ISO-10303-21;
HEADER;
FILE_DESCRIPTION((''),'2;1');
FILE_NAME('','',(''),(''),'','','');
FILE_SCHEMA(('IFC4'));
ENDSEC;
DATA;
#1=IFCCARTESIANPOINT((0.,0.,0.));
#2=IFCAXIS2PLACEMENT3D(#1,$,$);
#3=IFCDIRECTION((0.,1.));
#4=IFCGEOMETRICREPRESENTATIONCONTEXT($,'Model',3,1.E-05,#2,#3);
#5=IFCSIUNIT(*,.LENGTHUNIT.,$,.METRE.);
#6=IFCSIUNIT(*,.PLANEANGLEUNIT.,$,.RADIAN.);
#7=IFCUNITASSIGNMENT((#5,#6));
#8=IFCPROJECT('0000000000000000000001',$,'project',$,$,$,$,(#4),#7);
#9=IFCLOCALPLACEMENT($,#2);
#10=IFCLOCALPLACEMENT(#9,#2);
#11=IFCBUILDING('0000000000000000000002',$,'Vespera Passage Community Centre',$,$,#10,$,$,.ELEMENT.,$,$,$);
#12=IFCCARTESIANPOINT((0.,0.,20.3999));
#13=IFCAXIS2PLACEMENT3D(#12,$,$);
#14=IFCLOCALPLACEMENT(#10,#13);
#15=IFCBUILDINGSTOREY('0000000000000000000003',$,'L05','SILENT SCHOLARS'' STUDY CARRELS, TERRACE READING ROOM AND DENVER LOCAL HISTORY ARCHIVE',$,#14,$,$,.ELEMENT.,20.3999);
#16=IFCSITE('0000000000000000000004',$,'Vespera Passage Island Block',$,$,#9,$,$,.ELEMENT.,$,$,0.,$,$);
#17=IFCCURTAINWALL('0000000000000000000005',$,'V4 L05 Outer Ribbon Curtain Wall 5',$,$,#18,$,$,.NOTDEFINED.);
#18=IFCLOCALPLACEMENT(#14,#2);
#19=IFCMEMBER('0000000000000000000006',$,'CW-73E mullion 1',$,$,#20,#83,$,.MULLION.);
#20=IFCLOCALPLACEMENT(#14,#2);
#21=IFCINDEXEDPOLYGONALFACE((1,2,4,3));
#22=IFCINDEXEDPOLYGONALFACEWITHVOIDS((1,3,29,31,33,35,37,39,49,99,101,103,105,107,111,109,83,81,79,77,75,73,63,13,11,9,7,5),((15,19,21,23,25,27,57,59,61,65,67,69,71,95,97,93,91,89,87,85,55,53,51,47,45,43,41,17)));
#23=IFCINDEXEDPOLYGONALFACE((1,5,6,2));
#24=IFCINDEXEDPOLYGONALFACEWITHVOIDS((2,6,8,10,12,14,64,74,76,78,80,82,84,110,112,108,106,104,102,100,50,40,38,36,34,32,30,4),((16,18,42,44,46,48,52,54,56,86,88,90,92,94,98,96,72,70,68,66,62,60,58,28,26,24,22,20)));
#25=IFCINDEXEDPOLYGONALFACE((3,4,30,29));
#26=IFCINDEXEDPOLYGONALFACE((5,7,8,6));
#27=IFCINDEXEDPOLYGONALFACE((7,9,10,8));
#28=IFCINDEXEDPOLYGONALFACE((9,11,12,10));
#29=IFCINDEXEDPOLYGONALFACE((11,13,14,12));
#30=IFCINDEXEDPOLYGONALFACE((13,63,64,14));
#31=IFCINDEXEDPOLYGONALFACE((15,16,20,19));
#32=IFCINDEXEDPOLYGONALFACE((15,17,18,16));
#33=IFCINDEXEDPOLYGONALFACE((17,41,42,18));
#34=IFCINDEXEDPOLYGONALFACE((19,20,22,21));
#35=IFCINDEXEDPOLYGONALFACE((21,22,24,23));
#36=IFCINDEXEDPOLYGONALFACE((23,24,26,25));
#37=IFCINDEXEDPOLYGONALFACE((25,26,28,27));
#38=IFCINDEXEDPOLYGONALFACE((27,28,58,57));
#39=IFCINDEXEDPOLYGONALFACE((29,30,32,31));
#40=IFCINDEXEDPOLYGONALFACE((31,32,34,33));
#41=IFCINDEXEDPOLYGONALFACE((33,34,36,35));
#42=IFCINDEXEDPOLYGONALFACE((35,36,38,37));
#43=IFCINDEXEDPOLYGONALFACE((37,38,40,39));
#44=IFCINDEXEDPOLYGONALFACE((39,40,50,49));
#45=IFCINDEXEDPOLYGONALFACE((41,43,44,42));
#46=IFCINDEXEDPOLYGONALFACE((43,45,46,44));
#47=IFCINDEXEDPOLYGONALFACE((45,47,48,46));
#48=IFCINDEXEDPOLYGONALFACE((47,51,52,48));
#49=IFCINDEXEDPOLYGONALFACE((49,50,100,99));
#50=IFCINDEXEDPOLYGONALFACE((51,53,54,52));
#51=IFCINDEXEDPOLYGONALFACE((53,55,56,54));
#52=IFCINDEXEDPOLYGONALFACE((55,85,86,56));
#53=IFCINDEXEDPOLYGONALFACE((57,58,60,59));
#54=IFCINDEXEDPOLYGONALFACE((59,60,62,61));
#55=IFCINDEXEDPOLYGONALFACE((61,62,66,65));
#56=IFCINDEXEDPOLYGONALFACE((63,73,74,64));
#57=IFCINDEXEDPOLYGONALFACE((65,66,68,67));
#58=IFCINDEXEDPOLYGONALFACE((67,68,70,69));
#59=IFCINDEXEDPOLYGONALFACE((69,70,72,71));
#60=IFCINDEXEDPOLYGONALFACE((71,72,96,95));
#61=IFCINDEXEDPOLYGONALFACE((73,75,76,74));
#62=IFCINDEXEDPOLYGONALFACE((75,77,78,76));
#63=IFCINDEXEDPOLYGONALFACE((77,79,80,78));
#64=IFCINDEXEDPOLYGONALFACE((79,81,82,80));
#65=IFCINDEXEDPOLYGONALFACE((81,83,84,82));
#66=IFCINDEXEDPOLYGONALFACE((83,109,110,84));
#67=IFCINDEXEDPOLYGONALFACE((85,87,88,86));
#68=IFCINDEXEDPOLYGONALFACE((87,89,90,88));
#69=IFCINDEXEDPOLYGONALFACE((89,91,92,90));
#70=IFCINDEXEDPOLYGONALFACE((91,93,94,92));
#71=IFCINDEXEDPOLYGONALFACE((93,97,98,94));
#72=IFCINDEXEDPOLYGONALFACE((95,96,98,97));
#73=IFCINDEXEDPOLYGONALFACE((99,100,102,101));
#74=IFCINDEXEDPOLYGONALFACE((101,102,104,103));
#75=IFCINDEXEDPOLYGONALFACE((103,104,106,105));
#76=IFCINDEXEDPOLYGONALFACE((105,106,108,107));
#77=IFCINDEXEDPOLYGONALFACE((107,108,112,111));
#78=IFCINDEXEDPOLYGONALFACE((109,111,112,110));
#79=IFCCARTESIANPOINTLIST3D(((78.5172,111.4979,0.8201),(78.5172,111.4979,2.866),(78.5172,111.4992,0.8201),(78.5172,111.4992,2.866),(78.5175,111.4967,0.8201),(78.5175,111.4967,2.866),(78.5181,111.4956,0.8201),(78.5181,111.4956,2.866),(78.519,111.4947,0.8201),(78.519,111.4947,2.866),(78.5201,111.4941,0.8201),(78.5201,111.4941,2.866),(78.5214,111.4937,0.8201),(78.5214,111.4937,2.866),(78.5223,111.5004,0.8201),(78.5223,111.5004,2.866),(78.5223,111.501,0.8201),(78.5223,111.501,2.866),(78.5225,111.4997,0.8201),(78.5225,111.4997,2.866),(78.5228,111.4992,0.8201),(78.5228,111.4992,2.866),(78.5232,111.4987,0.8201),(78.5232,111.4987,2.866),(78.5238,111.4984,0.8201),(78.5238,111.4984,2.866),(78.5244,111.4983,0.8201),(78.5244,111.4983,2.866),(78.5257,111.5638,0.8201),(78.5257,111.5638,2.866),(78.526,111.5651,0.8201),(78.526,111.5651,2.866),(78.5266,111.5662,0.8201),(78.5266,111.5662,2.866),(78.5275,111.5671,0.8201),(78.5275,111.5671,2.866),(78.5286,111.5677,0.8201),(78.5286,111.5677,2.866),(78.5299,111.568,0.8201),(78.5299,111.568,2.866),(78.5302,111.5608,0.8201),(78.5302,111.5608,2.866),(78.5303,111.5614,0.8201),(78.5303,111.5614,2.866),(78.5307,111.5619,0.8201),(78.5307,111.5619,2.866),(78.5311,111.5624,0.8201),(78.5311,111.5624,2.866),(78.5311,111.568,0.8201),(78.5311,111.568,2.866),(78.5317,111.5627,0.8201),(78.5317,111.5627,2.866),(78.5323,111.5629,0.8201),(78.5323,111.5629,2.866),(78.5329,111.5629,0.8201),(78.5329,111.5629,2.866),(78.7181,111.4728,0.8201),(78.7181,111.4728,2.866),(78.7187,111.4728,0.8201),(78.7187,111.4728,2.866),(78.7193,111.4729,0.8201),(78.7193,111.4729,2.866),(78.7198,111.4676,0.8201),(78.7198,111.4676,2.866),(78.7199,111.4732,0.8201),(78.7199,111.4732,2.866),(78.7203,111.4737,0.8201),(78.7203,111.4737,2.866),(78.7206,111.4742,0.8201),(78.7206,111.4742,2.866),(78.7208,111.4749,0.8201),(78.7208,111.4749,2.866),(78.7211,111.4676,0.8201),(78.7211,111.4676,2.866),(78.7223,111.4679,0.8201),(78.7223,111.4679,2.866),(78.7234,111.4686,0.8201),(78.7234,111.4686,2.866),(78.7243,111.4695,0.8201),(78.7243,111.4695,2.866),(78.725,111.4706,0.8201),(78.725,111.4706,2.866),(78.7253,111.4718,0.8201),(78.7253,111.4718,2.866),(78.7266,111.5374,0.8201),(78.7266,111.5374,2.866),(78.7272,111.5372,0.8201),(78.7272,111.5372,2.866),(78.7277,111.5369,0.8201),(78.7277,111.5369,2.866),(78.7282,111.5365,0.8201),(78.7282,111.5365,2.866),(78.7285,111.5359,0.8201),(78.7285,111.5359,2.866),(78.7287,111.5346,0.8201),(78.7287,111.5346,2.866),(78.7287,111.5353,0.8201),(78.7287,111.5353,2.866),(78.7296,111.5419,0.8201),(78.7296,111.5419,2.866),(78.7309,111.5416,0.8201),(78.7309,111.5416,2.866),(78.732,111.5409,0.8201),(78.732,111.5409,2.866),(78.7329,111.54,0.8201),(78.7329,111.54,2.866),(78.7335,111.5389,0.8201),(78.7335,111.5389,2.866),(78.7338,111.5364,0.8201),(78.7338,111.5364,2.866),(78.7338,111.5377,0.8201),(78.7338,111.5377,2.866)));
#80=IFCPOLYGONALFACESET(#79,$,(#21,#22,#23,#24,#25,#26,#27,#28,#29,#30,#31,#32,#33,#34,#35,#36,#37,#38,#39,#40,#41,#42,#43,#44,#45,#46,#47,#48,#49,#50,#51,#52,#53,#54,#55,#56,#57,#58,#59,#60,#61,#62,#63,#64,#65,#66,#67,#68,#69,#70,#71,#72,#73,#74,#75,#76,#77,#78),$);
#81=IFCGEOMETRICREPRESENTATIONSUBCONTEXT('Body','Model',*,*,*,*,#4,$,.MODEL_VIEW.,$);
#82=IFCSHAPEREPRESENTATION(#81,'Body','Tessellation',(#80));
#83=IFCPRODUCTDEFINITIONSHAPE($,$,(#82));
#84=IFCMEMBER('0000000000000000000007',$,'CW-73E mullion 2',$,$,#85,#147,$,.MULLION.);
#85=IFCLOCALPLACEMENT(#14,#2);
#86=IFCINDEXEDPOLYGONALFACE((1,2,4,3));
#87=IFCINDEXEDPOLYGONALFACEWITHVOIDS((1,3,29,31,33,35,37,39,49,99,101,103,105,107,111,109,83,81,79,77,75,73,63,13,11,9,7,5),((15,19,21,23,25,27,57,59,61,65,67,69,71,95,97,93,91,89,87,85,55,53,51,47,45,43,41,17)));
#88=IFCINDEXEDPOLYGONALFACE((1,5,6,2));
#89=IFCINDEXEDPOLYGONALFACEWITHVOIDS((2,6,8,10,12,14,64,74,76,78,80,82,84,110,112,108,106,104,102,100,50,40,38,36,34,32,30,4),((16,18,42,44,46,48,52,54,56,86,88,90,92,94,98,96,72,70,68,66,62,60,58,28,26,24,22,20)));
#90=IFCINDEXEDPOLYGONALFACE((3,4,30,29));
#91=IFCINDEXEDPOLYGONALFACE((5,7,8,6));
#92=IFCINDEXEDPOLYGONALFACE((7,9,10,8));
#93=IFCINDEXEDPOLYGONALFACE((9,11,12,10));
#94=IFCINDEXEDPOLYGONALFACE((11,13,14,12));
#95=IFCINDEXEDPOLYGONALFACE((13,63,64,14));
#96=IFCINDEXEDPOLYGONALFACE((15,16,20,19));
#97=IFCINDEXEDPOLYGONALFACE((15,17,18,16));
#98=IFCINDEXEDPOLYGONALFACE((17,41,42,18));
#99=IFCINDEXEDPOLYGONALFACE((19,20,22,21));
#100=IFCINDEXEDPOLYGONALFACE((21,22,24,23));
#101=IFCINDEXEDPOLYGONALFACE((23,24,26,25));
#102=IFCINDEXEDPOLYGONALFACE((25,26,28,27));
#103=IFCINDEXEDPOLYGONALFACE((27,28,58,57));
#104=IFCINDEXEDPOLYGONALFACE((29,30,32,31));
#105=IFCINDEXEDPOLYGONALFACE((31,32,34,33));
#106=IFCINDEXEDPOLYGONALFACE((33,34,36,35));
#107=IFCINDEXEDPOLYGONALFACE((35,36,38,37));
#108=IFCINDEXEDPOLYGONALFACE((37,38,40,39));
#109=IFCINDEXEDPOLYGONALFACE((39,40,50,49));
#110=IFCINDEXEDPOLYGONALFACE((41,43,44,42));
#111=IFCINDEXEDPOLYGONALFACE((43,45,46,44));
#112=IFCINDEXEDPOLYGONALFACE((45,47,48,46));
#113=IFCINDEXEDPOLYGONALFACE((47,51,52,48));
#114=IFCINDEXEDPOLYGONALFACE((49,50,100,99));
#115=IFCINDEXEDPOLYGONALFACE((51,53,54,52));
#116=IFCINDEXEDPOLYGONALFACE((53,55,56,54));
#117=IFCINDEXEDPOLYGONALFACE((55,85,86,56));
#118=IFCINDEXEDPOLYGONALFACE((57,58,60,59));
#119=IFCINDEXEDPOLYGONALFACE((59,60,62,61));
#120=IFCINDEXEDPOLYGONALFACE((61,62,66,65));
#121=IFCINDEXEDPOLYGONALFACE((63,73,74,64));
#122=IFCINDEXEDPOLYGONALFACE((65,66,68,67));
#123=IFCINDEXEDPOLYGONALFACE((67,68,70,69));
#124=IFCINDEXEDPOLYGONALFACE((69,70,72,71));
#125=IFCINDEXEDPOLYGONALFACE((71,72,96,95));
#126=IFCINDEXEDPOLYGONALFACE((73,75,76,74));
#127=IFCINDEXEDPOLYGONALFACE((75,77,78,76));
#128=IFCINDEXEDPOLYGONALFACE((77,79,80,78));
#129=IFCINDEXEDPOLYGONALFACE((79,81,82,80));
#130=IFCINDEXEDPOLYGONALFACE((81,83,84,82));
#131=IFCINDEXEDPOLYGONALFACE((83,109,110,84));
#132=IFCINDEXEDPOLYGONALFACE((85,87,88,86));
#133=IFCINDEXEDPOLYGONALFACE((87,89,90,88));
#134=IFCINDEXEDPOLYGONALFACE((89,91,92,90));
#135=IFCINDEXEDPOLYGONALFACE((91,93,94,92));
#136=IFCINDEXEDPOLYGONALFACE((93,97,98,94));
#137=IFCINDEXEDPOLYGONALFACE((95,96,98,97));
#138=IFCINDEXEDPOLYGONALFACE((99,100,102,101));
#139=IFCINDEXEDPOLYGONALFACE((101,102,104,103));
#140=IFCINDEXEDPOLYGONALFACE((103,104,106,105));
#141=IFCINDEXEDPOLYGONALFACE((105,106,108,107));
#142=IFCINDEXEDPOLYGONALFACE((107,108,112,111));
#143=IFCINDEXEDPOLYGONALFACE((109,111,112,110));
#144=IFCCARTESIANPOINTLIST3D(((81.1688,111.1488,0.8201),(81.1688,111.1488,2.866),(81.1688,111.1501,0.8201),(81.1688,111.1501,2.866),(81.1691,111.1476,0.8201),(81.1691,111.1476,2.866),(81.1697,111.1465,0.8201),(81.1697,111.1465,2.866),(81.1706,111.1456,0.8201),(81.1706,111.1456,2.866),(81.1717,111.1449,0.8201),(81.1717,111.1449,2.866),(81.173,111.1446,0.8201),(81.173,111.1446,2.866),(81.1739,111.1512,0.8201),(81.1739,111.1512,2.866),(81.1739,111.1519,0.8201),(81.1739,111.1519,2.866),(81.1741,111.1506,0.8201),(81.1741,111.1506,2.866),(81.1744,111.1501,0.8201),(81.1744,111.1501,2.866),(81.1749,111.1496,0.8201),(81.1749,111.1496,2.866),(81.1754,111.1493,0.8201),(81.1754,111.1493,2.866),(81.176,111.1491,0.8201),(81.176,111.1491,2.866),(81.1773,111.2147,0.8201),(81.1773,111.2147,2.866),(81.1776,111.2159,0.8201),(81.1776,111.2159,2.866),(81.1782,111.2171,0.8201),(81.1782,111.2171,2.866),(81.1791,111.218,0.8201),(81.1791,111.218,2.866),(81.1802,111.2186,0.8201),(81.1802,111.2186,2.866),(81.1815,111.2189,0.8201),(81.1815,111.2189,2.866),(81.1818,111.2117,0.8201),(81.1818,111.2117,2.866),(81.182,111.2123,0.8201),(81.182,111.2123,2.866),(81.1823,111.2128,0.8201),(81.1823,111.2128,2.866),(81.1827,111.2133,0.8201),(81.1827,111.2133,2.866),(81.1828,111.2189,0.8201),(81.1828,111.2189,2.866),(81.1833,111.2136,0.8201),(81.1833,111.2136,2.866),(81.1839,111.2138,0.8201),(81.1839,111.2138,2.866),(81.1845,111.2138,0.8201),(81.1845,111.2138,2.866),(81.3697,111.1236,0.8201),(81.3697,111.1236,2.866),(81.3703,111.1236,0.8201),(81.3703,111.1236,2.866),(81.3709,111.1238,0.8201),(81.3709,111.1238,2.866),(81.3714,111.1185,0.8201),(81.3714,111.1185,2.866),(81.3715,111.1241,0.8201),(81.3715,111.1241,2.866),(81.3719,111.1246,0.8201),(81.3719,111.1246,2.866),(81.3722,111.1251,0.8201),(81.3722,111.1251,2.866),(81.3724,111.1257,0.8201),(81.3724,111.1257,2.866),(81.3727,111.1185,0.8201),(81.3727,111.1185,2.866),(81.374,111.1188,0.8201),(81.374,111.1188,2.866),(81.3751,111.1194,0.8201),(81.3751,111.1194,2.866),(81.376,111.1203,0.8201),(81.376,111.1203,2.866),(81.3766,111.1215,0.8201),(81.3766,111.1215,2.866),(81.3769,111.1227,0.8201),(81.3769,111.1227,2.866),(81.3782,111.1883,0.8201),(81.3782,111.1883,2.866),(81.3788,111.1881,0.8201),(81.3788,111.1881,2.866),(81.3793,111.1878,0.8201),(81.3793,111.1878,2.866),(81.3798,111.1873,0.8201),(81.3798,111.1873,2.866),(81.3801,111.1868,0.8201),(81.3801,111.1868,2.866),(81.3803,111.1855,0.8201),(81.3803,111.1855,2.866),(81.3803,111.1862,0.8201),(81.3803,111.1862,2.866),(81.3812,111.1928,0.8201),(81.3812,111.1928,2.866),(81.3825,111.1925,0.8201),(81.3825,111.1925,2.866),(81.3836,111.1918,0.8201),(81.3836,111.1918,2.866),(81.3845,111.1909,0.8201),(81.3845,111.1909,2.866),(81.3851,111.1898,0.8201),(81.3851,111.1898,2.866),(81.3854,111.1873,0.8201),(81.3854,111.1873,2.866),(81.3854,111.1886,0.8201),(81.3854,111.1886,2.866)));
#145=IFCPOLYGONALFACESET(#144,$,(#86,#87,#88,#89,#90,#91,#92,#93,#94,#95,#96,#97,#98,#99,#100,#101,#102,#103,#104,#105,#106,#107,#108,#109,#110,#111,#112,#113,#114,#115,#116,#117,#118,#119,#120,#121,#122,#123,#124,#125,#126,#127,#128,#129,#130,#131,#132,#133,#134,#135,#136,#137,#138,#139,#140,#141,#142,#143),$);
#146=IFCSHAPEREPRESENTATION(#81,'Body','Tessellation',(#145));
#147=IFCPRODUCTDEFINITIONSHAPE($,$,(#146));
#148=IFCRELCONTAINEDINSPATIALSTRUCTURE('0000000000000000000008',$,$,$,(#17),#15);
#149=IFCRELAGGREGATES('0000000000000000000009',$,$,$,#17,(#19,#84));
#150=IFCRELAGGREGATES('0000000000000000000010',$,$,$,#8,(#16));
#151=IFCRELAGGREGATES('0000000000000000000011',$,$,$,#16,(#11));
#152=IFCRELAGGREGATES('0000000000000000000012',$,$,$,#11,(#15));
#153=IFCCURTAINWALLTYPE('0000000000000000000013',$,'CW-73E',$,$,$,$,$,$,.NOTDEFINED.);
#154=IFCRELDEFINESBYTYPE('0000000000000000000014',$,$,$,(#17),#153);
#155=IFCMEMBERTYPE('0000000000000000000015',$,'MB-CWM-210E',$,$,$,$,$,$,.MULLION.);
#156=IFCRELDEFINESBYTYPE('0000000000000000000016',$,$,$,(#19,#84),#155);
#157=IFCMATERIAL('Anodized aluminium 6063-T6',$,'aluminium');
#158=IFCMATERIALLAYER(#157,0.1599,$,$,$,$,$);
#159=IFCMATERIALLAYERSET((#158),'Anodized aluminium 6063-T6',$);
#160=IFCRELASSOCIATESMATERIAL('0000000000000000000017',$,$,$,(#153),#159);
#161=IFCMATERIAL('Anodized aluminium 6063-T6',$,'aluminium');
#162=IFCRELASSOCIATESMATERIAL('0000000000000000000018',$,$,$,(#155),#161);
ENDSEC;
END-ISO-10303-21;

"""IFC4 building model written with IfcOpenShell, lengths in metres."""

from ifc_helpers import new_model, si_unit, direction, frame, origin, origin_2d, place, context, subcontext, project, spatial, hollow_rectangle, extrude, material, layer, layer_set, material_profile, profile_set, type_object, element, aggregate, save


model = new_model("IFC4")

# Units and contexts
model_context = context("Model", 3, precision=1e-05, world=origin(), true_north=direction((0.0, 1.0)))
body_context = subcontext(model_context, "Body", "Model", "MODEL_VIEW")
ifc_project = project(units=[si_unit("LENGTHUNIT", "METRE"), si_unit("PLANEANGLEUNIT", "RADIAN")], contexts=[model_context])

# Site, building, storey
site_placement = place(None, origin())
site = spatial("IfcSite", under=ifc_project, at=site_placement, Name="Vespera Passage Island Block", CompositionType="ELEMENT", RefElevation=0.0)
building_placement = place(site_placement, origin())
building = spatial("IfcBuilding", under=site, at=building_placement, Name="Vespera Passage Community Centre", CompositionType="ELEMENT")
storey_placement = place(building_placement, frame((0.0, 0.0, 20.3999)))
storey = spatial("IfcBuildingStorey", under=building, at=storey_placement, Name="L05", Description="SILENT SCHOLARS' STUDY CARRELS, TERRACE READING ROOM AND DENVER LOCAL HISTORY ARCHIVE", CompositionType="ELEMENT", Elevation=20.3999)

# Curtain wall, members
ifc_material_1 = material(Name="Anodized aluminium 6063-T6", Category="aluminium")
ifc_layer_1 = layer(ifc_material_1, 0.1599)
ifc_layer_set_1 = layer_set([ifc_layer_1], Name="Anodized aluminium 6063-T6")
curtain_wall_type_1 = type_object("IfcCurtainWallType", Name="CW-73E", PredefinedType="NOTDEFINED", material=ifc_layer_set_1)
curtain_wall_1_placement = place(storey_placement, origin())
curtain_wall_1 = element("IfcCurtainWall", 1, at=curtain_wall_1_placement, inside=storey, type_object=curtain_wall_type_1, Name="V4 L05 Outer Ribbon Curtain Wall 5", PredefinedType="NOTDEFINED")
ifc_material_2 = material(Name="Anodized aluminium 6063-T6", Category="aluminium")
ifc_material_profile_1 = material_profile(ifc_material_2, hollow_rectangle(XDim=0.075, YDim=0.21, WallThickness=0.0049, InnerFilletRadius=0.0024, OuterFilletRadius=0.0049, at=origin_2d()), Name="ALU210X75X5")
ifc_profile_set_1 = profile_set([ifc_material_profile_1], Name="Anodized aluminium 6063-T6")
member_type_1 = type_object("IfcMemberType", Name="MB-CWM-210E", PredefinedType="MULLION", material=ifc_profile_set_1)
member_1_placement = place(storey_placement, frame((78.6255, 111.5178, 0.8201), z_axis=(0.0, 0.0, 1.0), x_axis=(0.130531, 0.991444, 0.0)))
member_1 = element("IfcMember", 2, at=member_1_placement, type_object=member_type_1, Name="CW-73E mullion 1", PredefinedType="MULLION", context=body_context, shape_type="SweptSolid", body=[
    extrude(hollow_rectangle(XDim=0.075, YDim=0.21, WallThickness=0.0049, InnerFilletRadius=0.0024, OuterFilletRadius=0.0049, at=origin_2d()), origin(), (0.0, 0.0, 1.0), 2.0459),
])
member_2_placement = place(storey_placement, frame((81.2771, 111.1687, 0.8201), z_axis=(0.0, 0.0, 1.0), x_axis=(0.130531, 0.991444, 0.0)))
member_2 = element("IfcMember", 3, at=member_2_placement, type_object=member_type_1, Name="CW-73E mullion 2", PredefinedType="MULLION", context=body_context, shape_type="SweptSolid", body=[
    extrude(hollow_rectangle(XDim=0.075, YDim=0.21, WallThickness=0.0049, InnerFilletRadius=0.0024, OuterFilletRadius=0.0049, at=origin_2d()), origin(), (0.0, 0.0, 1.0), 2.0459),
])

aggregate(curtain_wall_1, [member_1, member_2])

save(model, "model.ifc")
